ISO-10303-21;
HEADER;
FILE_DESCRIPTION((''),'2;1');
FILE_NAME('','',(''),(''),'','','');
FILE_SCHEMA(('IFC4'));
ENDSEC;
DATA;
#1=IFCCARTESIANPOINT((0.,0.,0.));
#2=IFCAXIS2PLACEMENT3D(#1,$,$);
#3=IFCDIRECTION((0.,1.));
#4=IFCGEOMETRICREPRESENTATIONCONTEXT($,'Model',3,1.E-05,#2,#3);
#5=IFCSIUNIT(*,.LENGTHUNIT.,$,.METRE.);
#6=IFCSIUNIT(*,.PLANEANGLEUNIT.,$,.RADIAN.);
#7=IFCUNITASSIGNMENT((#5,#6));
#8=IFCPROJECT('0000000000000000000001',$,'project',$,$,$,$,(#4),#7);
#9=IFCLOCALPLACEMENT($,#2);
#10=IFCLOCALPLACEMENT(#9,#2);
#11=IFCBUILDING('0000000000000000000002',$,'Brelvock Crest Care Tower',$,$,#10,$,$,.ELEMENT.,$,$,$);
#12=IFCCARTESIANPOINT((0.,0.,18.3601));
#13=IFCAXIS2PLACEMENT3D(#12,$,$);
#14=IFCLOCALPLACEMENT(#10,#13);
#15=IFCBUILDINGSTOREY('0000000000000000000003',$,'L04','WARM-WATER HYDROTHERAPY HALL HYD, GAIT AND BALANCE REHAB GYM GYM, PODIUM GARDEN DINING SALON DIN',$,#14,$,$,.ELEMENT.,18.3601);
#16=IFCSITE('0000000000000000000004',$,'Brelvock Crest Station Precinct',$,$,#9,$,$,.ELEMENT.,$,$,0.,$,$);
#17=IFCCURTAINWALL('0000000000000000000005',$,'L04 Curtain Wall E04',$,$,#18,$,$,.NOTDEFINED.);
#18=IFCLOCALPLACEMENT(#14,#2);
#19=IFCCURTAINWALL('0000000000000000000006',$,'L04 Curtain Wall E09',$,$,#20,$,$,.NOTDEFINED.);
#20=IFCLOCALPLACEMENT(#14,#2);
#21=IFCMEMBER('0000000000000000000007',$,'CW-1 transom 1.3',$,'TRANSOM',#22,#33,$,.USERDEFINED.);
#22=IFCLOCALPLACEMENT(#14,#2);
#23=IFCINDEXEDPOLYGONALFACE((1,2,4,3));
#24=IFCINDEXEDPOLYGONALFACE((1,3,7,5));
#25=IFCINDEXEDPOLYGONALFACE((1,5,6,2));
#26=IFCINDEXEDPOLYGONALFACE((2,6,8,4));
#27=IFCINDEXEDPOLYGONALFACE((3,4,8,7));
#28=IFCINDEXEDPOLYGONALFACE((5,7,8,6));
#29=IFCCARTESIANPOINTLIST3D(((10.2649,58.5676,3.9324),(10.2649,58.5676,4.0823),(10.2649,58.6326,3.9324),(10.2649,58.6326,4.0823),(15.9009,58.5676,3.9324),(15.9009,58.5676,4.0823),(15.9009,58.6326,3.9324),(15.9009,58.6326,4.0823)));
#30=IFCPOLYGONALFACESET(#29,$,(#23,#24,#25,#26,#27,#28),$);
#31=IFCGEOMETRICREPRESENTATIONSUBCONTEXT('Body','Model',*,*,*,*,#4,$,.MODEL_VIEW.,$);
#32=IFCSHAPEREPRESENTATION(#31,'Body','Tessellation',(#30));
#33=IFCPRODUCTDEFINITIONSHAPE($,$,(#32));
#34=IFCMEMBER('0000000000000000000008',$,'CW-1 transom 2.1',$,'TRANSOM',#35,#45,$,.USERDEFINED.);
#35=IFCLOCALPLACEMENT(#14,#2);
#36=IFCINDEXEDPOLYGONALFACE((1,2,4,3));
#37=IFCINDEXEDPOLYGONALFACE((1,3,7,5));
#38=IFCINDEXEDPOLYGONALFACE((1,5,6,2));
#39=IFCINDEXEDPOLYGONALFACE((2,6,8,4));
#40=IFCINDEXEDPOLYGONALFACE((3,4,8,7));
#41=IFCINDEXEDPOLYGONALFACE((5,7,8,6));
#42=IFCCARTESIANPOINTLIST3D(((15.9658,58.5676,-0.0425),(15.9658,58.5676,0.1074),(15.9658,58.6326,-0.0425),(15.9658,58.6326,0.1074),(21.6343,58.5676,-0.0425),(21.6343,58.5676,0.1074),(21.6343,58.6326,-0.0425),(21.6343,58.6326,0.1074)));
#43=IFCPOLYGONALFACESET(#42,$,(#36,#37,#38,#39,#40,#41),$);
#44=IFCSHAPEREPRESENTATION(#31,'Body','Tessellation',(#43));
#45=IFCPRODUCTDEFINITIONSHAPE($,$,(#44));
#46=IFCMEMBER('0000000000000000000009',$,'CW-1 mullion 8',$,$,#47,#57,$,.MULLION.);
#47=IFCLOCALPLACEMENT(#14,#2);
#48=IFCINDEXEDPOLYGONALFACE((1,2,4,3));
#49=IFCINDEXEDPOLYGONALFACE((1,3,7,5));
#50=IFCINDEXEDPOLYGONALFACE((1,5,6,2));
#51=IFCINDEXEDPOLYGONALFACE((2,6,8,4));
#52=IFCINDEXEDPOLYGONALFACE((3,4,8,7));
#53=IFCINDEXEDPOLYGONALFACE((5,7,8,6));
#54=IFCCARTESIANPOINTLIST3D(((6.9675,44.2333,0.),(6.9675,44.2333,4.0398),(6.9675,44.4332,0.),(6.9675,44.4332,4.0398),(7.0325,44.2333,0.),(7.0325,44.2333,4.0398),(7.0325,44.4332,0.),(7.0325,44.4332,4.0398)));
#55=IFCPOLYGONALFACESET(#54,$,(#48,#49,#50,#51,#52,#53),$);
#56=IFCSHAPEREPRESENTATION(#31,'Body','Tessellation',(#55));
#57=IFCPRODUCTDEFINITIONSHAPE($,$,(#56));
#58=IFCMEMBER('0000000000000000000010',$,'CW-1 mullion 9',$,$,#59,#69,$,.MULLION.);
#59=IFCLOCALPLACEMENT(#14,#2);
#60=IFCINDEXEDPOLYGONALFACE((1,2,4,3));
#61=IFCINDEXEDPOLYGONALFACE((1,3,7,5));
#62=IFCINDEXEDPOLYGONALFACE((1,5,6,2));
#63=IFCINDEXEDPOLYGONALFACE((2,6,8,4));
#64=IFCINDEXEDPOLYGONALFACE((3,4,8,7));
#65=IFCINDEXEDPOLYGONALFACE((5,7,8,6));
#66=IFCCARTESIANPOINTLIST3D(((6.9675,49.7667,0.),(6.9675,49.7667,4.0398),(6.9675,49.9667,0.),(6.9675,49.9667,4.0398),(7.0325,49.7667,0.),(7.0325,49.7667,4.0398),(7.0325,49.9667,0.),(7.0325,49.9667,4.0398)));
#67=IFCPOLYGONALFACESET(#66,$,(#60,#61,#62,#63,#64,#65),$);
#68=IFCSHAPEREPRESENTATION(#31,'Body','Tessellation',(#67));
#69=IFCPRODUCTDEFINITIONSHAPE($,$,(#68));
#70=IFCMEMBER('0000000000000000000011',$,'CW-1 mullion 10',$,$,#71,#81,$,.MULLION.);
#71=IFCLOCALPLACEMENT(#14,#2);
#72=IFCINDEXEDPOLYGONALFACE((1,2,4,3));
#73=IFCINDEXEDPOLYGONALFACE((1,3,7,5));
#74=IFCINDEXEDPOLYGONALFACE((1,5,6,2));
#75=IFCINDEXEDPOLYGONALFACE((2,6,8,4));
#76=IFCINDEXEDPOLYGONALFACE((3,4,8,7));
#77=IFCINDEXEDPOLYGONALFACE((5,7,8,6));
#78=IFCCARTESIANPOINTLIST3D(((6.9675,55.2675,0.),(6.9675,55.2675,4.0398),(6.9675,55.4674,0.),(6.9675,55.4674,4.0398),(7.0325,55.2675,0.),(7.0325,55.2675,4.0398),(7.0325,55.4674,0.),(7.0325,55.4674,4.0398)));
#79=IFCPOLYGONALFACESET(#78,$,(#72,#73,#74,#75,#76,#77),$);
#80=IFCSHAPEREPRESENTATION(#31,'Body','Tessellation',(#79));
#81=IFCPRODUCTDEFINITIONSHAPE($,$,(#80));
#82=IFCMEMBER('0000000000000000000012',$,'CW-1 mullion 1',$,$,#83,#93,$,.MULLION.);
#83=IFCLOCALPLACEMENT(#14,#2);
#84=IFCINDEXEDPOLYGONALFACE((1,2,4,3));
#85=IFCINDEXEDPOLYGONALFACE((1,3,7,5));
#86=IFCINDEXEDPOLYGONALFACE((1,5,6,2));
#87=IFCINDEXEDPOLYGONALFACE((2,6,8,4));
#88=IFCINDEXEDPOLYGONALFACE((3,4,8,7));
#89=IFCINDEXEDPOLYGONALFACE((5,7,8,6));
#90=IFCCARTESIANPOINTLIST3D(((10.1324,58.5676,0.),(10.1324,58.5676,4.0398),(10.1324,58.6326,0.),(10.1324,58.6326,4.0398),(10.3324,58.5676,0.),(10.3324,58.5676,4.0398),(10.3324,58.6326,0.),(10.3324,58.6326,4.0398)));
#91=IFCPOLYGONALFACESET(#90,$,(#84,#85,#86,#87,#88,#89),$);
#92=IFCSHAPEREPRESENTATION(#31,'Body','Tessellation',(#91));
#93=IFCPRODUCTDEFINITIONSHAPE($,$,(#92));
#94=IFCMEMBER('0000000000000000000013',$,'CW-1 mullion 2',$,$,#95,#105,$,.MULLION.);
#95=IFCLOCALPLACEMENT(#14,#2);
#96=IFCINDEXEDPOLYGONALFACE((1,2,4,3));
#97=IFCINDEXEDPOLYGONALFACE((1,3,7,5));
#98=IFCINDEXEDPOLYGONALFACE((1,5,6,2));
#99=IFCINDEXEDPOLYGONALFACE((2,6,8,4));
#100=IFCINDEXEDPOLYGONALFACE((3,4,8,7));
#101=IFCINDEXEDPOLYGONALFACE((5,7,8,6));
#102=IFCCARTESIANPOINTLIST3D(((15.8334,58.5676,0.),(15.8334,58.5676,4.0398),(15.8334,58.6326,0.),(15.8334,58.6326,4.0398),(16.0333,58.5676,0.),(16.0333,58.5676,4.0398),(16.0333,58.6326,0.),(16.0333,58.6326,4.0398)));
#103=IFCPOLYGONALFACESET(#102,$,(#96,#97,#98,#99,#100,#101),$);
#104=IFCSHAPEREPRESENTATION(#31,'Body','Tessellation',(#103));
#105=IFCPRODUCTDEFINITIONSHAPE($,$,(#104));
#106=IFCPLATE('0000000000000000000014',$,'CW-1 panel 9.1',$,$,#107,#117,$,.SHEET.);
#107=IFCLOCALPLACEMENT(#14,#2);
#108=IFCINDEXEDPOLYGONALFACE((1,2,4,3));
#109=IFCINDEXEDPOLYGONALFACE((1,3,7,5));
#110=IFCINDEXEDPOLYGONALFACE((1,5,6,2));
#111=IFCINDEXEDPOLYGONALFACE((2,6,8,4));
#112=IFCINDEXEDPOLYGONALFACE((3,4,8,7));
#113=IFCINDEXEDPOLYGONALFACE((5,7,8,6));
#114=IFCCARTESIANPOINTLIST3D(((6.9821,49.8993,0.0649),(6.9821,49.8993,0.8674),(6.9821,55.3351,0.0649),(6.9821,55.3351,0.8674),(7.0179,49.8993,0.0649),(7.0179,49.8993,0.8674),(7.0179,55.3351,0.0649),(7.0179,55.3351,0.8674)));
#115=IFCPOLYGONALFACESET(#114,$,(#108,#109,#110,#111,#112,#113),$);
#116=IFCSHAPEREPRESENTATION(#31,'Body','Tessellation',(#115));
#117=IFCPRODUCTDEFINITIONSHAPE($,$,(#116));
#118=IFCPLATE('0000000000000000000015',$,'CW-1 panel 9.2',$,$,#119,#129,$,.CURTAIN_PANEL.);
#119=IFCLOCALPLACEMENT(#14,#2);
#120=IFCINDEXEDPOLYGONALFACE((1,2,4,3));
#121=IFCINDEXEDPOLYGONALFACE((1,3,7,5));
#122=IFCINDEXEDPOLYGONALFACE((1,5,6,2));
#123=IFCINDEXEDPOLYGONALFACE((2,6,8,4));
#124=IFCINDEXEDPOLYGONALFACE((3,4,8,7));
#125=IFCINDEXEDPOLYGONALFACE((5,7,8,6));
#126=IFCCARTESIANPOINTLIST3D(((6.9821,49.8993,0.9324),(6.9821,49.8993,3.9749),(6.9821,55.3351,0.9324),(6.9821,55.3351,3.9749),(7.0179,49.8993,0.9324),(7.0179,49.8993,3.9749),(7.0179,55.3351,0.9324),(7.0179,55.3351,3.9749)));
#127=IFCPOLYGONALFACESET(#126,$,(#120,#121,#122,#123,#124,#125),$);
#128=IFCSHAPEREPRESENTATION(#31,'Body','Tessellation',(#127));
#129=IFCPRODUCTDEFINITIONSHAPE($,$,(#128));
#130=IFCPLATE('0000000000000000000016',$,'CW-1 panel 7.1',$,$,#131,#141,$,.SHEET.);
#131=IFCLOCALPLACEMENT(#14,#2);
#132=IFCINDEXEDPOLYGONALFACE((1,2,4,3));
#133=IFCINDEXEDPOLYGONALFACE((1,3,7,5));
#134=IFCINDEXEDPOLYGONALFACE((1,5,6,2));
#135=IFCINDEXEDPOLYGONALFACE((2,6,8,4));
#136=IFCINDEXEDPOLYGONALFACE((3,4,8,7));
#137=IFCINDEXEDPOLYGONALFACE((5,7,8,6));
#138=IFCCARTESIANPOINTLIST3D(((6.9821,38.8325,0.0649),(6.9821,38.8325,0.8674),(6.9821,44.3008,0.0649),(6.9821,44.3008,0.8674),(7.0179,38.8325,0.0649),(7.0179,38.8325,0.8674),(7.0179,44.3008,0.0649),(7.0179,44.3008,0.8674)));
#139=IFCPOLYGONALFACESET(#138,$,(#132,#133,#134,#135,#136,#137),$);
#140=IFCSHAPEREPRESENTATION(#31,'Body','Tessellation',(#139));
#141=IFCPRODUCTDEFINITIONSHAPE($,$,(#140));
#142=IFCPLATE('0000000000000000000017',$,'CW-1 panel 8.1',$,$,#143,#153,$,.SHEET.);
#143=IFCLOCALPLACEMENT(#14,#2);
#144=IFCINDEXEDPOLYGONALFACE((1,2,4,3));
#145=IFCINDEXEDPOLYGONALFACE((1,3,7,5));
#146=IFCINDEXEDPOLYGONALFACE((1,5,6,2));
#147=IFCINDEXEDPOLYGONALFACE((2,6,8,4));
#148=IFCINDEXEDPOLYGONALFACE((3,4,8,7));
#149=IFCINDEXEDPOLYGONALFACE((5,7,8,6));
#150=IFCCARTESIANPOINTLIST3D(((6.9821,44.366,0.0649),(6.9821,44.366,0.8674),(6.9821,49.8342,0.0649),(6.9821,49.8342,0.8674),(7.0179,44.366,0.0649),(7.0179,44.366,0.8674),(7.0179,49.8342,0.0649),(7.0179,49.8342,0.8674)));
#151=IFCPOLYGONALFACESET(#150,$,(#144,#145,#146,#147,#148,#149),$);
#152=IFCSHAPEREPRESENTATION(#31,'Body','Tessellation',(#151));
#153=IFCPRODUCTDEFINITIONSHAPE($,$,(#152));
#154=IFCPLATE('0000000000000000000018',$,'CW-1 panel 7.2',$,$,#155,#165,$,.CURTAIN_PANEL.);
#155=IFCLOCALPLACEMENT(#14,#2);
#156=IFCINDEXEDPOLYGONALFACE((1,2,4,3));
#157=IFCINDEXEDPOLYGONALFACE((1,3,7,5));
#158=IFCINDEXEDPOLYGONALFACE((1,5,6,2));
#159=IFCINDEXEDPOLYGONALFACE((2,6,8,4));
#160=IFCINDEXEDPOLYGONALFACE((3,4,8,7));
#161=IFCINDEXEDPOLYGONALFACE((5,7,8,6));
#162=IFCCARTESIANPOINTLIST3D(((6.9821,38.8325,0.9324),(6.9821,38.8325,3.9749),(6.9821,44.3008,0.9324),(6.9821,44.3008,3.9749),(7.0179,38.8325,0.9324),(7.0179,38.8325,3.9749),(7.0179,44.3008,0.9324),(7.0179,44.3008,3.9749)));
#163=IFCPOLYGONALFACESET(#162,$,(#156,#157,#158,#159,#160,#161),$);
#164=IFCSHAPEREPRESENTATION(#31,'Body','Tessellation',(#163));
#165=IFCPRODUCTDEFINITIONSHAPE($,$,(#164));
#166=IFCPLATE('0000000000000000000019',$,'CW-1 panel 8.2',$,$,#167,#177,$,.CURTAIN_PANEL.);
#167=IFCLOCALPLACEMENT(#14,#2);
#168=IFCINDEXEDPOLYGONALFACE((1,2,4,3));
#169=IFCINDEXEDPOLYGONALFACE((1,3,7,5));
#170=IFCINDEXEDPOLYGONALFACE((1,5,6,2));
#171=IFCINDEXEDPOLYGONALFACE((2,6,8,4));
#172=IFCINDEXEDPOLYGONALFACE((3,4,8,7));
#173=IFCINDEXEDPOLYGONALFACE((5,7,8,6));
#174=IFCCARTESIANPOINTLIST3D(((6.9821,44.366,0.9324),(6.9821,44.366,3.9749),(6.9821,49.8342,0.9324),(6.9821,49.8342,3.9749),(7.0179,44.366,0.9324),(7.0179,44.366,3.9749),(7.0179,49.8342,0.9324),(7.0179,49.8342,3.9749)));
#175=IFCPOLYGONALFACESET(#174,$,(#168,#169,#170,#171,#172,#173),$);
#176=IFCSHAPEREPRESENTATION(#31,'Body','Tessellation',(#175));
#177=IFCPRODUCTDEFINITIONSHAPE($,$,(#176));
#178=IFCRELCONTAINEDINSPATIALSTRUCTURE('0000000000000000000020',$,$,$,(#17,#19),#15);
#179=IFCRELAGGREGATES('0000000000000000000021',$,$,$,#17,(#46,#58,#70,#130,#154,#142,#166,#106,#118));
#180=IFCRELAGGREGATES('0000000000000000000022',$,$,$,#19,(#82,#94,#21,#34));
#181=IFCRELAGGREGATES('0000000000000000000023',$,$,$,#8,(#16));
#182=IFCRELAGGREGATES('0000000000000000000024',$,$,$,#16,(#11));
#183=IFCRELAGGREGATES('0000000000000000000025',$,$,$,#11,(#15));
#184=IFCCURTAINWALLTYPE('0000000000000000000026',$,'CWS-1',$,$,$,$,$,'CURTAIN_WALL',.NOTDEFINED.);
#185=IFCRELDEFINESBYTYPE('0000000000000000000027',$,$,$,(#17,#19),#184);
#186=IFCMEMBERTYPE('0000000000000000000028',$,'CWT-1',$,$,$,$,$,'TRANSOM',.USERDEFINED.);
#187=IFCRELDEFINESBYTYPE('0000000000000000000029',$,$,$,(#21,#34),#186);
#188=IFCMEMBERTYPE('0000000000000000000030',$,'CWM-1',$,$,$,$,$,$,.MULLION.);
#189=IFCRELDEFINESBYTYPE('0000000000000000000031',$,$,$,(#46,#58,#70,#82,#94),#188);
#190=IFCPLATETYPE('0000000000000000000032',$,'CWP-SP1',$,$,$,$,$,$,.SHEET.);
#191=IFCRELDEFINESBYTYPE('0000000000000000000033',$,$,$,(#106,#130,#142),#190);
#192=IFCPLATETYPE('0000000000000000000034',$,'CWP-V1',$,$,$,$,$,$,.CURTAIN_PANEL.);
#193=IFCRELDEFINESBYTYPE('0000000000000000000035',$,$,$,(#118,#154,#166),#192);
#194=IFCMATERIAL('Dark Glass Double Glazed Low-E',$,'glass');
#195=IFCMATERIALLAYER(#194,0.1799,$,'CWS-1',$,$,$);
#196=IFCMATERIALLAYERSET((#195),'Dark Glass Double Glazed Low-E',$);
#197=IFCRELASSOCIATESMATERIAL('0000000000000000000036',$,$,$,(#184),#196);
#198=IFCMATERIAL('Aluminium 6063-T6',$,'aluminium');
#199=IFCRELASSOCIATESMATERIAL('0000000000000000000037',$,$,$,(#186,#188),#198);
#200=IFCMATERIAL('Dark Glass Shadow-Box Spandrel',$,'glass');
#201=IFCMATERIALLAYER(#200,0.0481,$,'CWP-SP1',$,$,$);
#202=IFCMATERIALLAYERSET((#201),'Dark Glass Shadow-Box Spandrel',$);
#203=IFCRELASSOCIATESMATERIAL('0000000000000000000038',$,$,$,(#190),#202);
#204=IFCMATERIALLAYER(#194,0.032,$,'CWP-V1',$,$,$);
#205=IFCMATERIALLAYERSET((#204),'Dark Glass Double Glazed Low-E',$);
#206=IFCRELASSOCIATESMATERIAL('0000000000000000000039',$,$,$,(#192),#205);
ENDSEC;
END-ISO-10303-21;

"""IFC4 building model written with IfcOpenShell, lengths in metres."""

from ifc_helpers import new_model, si_unit, direction, frame, origin, origin_2d, place, context, subcontext, project, spatial, rectangle, extrude, source, transform, mapped, material, layer, layer_set, material_profile, profile_set, type_object, element, aggregate, save


model = new_model("IFC4")

# Units and contexts
model_context = context("Model", 3, precision=1e-05, world=origin(), true_north=direction((0.0, 1.0)))
body_context = subcontext(model_context, "Body", "Model", "MODEL_VIEW")
ifc_project = project(units=[si_unit("LENGTHUNIT", "METRE"), si_unit("PLANEANGLEUNIT", "RADIAN")], contexts=[model_context])

# Site, building, storey
site_placement = place(None, origin())
site = spatial("IfcSite", under=ifc_project, at=site_placement, Name="Brelvock Crest Station Precinct", CompositionType="ELEMENT", RefElevation=0.0)
building_placement = place(site_placement, origin())
building = spatial("IfcBuilding", under=site, at=building_placement, Name="Brelvock Crest Care Tower", CompositionType="ELEMENT")
storey_placement = place(building_placement, frame((0.0, 0.0, 18.3601)))
storey = spatial("IfcBuildingStorey", under=building, at=storey_placement, Name="L04", Description="WARM-WATER HYDROTHERAPY HALL HYD, GAIT AND BALANCE REHAB GYM GYM, PODIUM GARDEN DINING SALON DIN", CompositionType="ELEMENT", Elevation=18.3601)

# Curtain walls, members
ifc_material_1 = material(Name="Dark Glass Double Glazed Low-E", Category="glass")
ifc_layer_1 = layer(ifc_material_1, 0.1799, Name="CWS-1")
ifc_layer_set_1 = layer_set([ifc_layer_1], Name="Dark Glass Double Glazed Low-E")
curtain_wall_type = type_object("IfcCurtainWallType", Name="CWS-1", ElementType="CURTAIN_WALL", PredefinedType="NOTDEFINED", material=ifc_layer_set_1)
curtain_wall_1_placement = place(storey_placement, origin())
curtain_wall_1 = element("IfcCurtainWall", 1, at=curtain_wall_1_placement, inside=storey, type_object=curtain_wall_type, Name="L04 Curtain Wall E04", PredefinedType="NOTDEFINED")
ifc_material_2 = material(Name="Aluminium 6063-T6", Category="aluminium")
ifc_material_profile_1 = material_profile(ifc_material_2, rectangle(XDim=0.0649, YDim=0.1499, at=origin_2d()), Name="ALU65x150")
ifc_profile_set_1 = profile_set([ifc_material_profile_1], Name="Aluminium 6063-T6")
member_type_1 = type_object("IfcMemberType", Name="CWT-1", ElementType="TRANSOM", PredefinedType="USERDEFINED", material=ifc_profile_set_1)
curtain_wall_2_placement = place(storey_placement, origin())
curtain_wall_2 = element("IfcCurtainWall", 2, at=curtain_wall_2_placement, inside=storey, type_object=curtain_wall_type, Name="L04 Curtain Wall E09", PredefinedType="NOTDEFINED")
shared_shape_1 = source(origin(), body_context, "Body", "SweptSolid", [
    extrude(rectangle(XDim=0.0649, YDim=0.1499, at=origin_2d()), origin(), (0.0, 0.0, 1.0), 5.636),
])
member_1_placement = place(storey_placement, frame((10.2649, 58.6001, 4.0073), z_axis=(1.0, 0.0, 0.0), x_axis=(0.0, 1.0, 0.0)))
member_1 = element("IfcMember", 3, at=member_1_placement, type_object=member_type_1, Name="CW-1 transom 1.3", ObjectType="TRANSOM", PredefinedType="USERDEFINED", context=body_context, shape_type="MappedRepresentation", body=[
    mapped(shared_shape_1, transform((0.0, 0.0, 0.0), x_axis=(1.0, 0.0, 0.0), y_axis=(0.0, 1.0, 0.0), z_axis=(0.0, 0.0, 1.0), scale=1.0)),
])
shared_shape_2 = source(origin(), body_context, "Body", "SweptSolid", [
    extrude(rectangle(XDim=0.0649, YDim=0.1499, at=origin_2d()), origin(), (0.0, 0.0, 1.0), 5.6685),
])
member_2_placement = place(storey_placement, frame((15.9658, 58.6001, 0.0325), z_axis=(1.0, 0.0, 0.0), x_axis=(0.0, 1.0, 0.0)))
member_2 = element("IfcMember", 4, at=member_2_placement, type_object=member_type_1, Name="CW-1 transom 2.1", ObjectType="TRANSOM", PredefinedType="USERDEFINED", context=body_context, shape_type="MappedRepresentation", body=[
    mapped(shared_shape_2, transform((0.0, 0.0, 0.0), x_axis=(1.0, 0.0, 0.0), y_axis=(0.0, 1.0, 0.0), z_axis=(0.0, 0.0, 1.0), scale=1.0)),
])

# Members
ifc_material_profile_2 = material_profile(ifc_material_2, rectangle(XDim=0.0649, YDim=0.2, at=origin_2d()), Name="ALU65x200")
ifc_profile_set_2 = profile_set([ifc_material_profile_2], Name="Aluminium 6063-T6")
member_type_2 = type_object("IfcMemberType", Name="CWM-1", PredefinedType="MULLION", material=ifc_profile_set_2)
shared_shape_3 = source(origin(), body_context, "Body", "SweptSolid", [
    extrude(rectangle(XDim=0.0649, YDim=0.2, at=origin_2d()), origin(), (0.0, 0.0, 1.0), 4.0398),
])
member_3_placement = place(storey_placement, frame((7.0, 44.3333, 0.0), z_axis=(0.0, 0.0, 1.0), x_axis=(-1.0, 0.0, 0.0)))
member_3 = element("IfcMember", 5, at=member_3_placement, type_object=member_type_2, Name="CW-1 mullion 8", PredefinedType="MULLION", context=body_context, shape_type="MappedRepresentation", body=[
    mapped(shared_shape_3, transform((0.0, 0.0, 0.0), x_axis=(1.0, 0.0, 0.0), y_axis=(0.0, 1.0, 0.0), z_axis=(0.0, 0.0, 1.0), scale=1.0)),
])
member_4_placement = place(storey_placement, frame((7.0, 49.8667, 0.0), z_axis=(0.0, 0.0, 1.0), x_axis=(-1.0, 0.0, 0.0)))
member_4 = element("IfcMember", 6, at=member_4_placement, type_object=member_type_2, Name="CW-1 mullion 9", PredefinedType="MULLION", context=body_context, shape_type="MappedRepresentation", body=[
    mapped(shared_shape_3, transform((0.0, 0.0, 0.0), x_axis=(1.0, 0.0, 0.0), y_axis=(0.0, 1.0, 0.0), z_axis=(0.0, 0.0, 1.0), scale=1.0)),
])
member_5_placement = place(storey_placement, frame((7.0, 55.3674, 0.0), z_axis=(0.0, 0.0, 1.0), x_axis=(-1.0, 0.0, 0.0)))
member_5 = element("IfcMember", 7, at=member_5_placement, type_object=member_type_2, Name="CW-1 mullion 10", PredefinedType="MULLION", context=body_context, shape_type="MappedRepresentation", body=[
    mapped(shared_shape_3, transform((0.0, 0.0, 0.0), x_axis=(1.0, 0.0, 0.0), y_axis=(0.0, 1.0, 0.0), z_axis=(0.0, 0.0, 1.0), scale=1.0)),
])
member_6_placement = place(storey_placement, frame((10.2324, 58.6001, 0.0), z_axis=(0.0, 0.0, 1.0), x_axis=(0.0, 1.0, 0.0)))
member_6 = element("IfcMember", 8, at=member_6_placement, type_object=member_type_2, Name="CW-1 mullion 1", PredefinedType="MULLION", context=body_context, shape_type="MappedRepresentation", body=[
    mapped(shared_shape_3, transform((0.0, 0.0, 0.0), x_axis=(1.0, 0.0, 0.0), y_axis=(0.0, 1.0, 0.0), z_axis=(0.0, 0.0, 1.0), scale=1.0)),
])
member_7_placement = place(storey_placement, frame((15.9333, 58.6001, 0.0), z_axis=(0.0, 0.0, 1.0), x_axis=(0.0, 1.0, 0.0)))
member_7 = element("IfcMember", 9, at=member_7_placement, type_object=member_type_2, Name="CW-1 mullion 2", PredefinedType="MULLION", context=body_context, shape_type="MappedRepresentation", body=[
    mapped(shared_shape_3, transform((0.0, 0.0, 0.0), x_axis=(1.0, 0.0, 0.0), y_axis=(0.0, 1.0, 0.0), z_axis=(0.0, 0.0, 1.0), scale=1.0)),
])

# Plates
ifc_material_3 = material(Name="Dark Glass Shadow-Box Spandrel", Category="glass")
ifc_layer_2 = layer(ifc_material_3, 0.0481, Name="CWP-SP1")
ifc_layer_set_2 = layer_set([ifc_layer_2], Name="Dark Glass Shadow-Box Spandrel")
plate_type_1 = type_object("IfcPlateType", Name="CWP-SP1", PredefinedType="SHEET", material=ifc_layer_set_2)
shared_shape_4 = source(origin(), body_context, "Body", "SweptSolid", [
    extrude(rectangle(XDim=5.4358, YDim=0.0359, at=origin_2d()), origin(), (0.0, 0.0, 1.0), 0.8025),
])
plate_1_placement = place(storey_placement, frame((7.0, 52.6172, 0.0649), z_axis=(0.0, 0.0, 1.0), x_axis=(0.0, 1.0, 0.0)))
plate_1 = element("IfcPlate", 10, at=plate_1_placement, type_object=plate_type_1, Name="CW-1 panel 9.1", PredefinedType="SHEET", context=body_context, shape_type="MappedRepresentation", body=[
    mapped(shared_shape_4, transform((0.0, 0.0, 0.0), x_axis=(1.0, 0.0, 0.0), y_axis=(0.0, 1.0, 0.0), z_axis=(0.0, 0.0, 1.0), scale=1.0)),
])
ifc_layer_3 = layer(ifc_material_1, 0.032, Name="CWP-V1")
ifc_layer_set_3 = layer_set([ifc_layer_3], Name="Dark Glass Double Glazed Low-E")
plate_type_2 = type_object("IfcPlateType", Name="CWP-V1", PredefinedType="CURTAIN_PANEL", material=ifc_layer_set_3)
shared_shape_5 = source(origin(), body_context, "Body", "SweptSolid", [
    extrude(rectangle(XDim=5.4358, YDim=0.0359, at=origin_2d()), origin(), (0.0, 0.0, 1.0), 3.0425),
])
plate_2_placement = place(storey_placement, frame((7.0, 52.6172, 0.9324), z_axis=(0.0, 0.0, 1.0), x_axis=(0.0, 1.0, 0.0)))
plate_2 = element("IfcPlate", 11, at=plate_2_placement, type_object=plate_type_2, Name="CW-1 panel 9.2", PredefinedType="CURTAIN_PANEL", context=body_context, shape_type="MappedRepresentation", body=[
    mapped(shared_shape_5, transform((0.0, 0.0, 0.0), x_axis=(1.0, 0.0, 0.0), y_axis=(0.0, 1.0, 0.0), z_axis=(0.0, 0.0, 1.0), scale=1.0)),
])
shared_shape_6 = source(origin(), body_context, "Body", "SweptSolid", [
    extrude(rectangle(XDim=5.4683, YDim=0.0359, at=origin_2d()), origin(), (0.0, 0.0, 1.0), 0.8025),
])
plate_3_placement = place(storey_placement, frame((7.0, 41.5667, 0.0649), z_axis=(0.0, 0.0, 1.0), x_axis=(0.0, 1.0, 0.0)))
plate_3 = element("IfcPlate", 12, at=plate_3_placement, type_object=plate_type_1, Name="CW-1 panel 7.1", PredefinedType="SHEET", context=body_context, shape_type="MappedRepresentation", body=[
    mapped(shared_shape_6, transform((0.0, 0.0, 0.0), x_axis=(1.0, 0.0, 0.0), y_axis=(0.0, 1.0, 0.0), z_axis=(0.0, 0.0, 1.0), scale=1.0)),
])
plate_4_placement = place(storey_placement, frame((7.0, 47.1001, 0.0649), z_axis=(0.0, 0.0, 1.0), x_axis=(0.0, 1.0, 0.0)))
plate_4 = element("IfcPlate", 13, at=plate_4_placement, type_object=plate_type_1, Name="CW-1 panel 8.1", PredefinedType="SHEET", context=body_context, shape_type="MappedRepresentation", body=[
    mapped(shared_shape_6, transform((0.0, 0.0, 0.0), x_axis=(1.0, 0.0, 0.0), y_axis=(0.0, 1.0, 0.0), z_axis=(0.0, 0.0, 1.0), scale=1.0)),
])
shared_shape_7 = source(origin(), body_context, "Body", "SweptSolid", [
    extrude(rectangle(XDim=5.4683, YDim=0.0359, at=origin_2d()), origin(), (0.0, 0.0, 1.0), 3.0425),
])
plate_5_placement = place(storey_placement, frame((7.0, 41.5667, 0.9324), z_axis=(0.0, 0.0, 1.0), x_axis=(0.0, 1.0, 0.0)))
plate_5 = element("IfcPlate", 14, at=plate_5_placement, type_object=plate_type_2, Name="CW-1 panel 7.2", PredefinedType="CURTAIN_PANEL", context=body_context, shape_type="MappedRepresentation", body=[
    mapped(shared_shape_7, transform((0.0, 0.0, 0.0), x_axis=(1.0, 0.0, 0.0), y_axis=(0.0, 1.0, 0.0), z_axis=(0.0, 0.0, 1.0), scale=1.0)),
])
plate_6_placement = place(storey_placement, frame((7.0, 47.1001, 0.9324), z_axis=(0.0, 0.0, 1.0), x_axis=(0.0, 1.0, 0.0)))
plate_6 = element("IfcPlate", 15, at=plate_6_placement, type_object=plate_type_2, Name="CW-1 panel 8.2", PredefinedType="CURTAIN_PANEL", context=body_context, shape_type="MappedRepresentation", body=[
    mapped(shared_shape_7, transform((0.0, 0.0, 0.0), x_axis=(1.0, 0.0, 0.0), y_axis=(0.0, 1.0, 0.0), z_axis=(0.0, 0.0, 1.0), scale=1.0)),
])
aggregate(curtain_wall_1, [member_3, member_4, member_5, plate_3, plate_5, plate_4, plate_6, plate_1, plate_2])
aggregate(curtain_wall_2, [member_6, member_7, member_1, member_2])

save(model, "model.ifc")
